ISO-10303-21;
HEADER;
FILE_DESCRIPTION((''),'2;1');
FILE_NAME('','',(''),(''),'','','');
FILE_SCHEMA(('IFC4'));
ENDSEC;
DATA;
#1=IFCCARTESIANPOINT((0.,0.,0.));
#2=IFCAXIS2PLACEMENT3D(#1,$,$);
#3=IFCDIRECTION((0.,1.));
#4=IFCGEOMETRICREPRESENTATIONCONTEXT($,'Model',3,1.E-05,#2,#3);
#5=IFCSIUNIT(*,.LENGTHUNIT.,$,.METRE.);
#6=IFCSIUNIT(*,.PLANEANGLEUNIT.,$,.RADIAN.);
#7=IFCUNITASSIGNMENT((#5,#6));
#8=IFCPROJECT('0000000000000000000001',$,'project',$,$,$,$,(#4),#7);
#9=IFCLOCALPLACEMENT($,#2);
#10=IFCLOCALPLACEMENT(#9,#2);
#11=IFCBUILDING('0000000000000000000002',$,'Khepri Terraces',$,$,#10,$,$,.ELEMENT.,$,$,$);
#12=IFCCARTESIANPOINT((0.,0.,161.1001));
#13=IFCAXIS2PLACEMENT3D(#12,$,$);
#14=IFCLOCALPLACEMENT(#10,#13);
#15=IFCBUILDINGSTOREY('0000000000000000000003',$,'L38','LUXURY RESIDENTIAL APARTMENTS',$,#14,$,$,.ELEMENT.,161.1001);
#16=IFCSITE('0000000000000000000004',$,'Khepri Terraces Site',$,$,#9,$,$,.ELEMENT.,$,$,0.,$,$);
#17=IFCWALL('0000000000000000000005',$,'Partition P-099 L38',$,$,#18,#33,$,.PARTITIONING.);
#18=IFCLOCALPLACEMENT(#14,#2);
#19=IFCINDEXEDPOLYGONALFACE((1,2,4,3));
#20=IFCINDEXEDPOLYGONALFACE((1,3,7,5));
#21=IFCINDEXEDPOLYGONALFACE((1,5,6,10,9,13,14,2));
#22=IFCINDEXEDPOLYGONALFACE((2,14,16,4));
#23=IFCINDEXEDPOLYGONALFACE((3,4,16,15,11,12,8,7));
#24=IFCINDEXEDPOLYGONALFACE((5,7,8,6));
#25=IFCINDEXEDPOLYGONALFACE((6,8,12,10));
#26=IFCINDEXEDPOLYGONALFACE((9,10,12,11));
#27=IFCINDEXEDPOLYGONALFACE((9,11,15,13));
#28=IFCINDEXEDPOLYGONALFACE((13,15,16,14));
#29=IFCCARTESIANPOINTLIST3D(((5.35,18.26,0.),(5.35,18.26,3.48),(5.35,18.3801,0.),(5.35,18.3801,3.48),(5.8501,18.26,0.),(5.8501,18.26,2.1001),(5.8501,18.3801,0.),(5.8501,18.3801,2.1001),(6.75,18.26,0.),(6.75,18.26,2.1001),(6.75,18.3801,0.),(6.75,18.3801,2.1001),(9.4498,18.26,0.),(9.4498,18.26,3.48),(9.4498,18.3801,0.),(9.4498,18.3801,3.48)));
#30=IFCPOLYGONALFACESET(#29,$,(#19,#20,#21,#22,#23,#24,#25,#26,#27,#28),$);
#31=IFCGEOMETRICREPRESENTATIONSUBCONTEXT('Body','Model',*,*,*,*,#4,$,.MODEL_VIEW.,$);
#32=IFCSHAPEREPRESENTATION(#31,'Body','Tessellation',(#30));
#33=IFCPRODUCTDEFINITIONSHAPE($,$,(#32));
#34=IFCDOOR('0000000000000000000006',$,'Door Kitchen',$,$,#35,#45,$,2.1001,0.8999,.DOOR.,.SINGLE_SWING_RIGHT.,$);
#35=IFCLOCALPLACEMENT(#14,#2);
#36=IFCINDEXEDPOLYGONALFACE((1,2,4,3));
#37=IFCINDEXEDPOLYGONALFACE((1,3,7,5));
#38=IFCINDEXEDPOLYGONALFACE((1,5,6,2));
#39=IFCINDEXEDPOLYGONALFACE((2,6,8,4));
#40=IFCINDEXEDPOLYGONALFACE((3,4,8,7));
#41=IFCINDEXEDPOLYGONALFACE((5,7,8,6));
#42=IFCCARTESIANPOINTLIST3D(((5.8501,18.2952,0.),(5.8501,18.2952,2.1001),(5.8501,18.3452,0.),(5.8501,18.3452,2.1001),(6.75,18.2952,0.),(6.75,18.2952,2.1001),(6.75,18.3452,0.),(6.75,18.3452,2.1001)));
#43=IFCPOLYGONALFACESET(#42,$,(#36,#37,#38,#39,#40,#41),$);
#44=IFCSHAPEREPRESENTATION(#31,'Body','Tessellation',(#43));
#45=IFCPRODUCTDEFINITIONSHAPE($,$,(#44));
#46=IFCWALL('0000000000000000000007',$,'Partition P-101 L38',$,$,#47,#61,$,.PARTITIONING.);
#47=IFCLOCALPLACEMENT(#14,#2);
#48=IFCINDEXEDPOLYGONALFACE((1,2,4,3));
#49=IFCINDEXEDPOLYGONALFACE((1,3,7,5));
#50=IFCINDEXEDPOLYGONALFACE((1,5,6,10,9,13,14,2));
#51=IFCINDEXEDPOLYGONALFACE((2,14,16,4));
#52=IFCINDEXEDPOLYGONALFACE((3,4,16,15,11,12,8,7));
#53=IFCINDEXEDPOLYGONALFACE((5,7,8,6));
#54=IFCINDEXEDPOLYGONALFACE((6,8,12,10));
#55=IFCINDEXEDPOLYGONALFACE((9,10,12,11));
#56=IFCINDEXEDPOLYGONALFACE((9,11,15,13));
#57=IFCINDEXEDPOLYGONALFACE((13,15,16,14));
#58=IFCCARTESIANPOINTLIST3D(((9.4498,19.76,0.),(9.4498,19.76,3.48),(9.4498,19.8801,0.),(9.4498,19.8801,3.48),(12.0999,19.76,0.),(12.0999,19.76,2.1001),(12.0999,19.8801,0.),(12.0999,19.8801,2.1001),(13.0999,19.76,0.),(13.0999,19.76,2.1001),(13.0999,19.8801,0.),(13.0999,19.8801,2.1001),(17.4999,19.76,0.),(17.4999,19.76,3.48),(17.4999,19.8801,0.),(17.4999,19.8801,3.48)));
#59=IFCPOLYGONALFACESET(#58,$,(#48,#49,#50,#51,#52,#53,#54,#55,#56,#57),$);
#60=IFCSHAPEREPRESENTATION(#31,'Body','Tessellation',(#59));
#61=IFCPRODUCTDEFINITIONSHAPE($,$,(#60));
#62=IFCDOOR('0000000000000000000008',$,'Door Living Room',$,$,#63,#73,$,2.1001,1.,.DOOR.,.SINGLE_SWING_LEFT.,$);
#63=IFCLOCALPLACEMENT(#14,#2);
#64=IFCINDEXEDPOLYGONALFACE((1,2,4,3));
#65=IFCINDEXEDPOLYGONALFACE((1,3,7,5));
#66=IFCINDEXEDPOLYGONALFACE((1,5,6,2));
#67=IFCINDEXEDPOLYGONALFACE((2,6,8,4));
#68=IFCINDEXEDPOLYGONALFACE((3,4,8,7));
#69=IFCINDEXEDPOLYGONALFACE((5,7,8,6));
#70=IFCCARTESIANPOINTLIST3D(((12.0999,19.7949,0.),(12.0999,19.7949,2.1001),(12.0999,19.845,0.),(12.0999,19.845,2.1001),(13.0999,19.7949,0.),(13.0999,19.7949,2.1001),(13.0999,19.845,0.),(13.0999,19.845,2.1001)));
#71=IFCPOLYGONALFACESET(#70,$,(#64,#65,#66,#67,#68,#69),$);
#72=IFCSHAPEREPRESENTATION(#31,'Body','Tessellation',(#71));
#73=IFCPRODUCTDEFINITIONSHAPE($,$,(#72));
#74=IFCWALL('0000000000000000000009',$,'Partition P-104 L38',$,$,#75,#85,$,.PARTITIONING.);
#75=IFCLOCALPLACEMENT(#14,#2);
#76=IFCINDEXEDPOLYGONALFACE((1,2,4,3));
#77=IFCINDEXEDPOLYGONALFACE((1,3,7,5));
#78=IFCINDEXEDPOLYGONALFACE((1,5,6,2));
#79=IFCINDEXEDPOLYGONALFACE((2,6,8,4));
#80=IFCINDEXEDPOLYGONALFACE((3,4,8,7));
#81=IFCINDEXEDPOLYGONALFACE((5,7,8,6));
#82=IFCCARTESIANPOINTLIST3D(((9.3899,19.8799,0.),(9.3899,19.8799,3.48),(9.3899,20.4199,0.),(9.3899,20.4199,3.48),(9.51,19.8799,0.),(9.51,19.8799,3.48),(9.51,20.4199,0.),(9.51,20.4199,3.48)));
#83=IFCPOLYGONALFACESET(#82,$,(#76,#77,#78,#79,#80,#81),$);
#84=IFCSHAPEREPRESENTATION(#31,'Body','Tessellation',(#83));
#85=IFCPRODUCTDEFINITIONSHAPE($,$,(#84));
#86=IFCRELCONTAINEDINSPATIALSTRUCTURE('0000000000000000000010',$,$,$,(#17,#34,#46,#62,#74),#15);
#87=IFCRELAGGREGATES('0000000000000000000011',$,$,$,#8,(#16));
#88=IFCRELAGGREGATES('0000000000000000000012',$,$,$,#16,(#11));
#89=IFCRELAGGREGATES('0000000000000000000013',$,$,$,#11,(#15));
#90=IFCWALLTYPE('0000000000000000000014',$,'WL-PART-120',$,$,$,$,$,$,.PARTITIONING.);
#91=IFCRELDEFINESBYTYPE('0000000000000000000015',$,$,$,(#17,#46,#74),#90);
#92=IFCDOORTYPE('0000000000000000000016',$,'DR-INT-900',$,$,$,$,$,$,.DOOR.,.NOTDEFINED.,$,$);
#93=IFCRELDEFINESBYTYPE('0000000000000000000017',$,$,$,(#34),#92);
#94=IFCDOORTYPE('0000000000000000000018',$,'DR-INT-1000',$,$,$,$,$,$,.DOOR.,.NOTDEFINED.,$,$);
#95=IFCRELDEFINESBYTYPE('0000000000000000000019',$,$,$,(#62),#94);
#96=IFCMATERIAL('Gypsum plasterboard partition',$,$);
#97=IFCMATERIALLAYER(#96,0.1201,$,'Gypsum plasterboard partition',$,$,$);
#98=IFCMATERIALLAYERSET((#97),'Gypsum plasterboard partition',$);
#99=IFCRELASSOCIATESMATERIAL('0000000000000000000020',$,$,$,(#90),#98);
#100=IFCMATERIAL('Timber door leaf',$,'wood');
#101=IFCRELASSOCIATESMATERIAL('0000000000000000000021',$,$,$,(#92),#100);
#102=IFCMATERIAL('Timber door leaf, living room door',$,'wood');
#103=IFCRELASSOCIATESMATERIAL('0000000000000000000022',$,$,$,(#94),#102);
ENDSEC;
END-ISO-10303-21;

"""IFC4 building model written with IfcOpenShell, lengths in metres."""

from ifc_helpers import new_model, si_unit, direction, frame, frame_2d, origin, place, context, subcontext, project, spatial, rectangle, extrude, material, layer, layer_set, type_object, element, fill, save


model = new_model("IFC4")

# Units and contexts
model_context = context("Model", 3, precision=1e-05, world=origin(), true_north=direction((0.0, 1.0)))
body_context = subcontext(model_context, "Body", "Model", "MODEL_VIEW")
ifc_project = project(units=[si_unit("LENGTHUNIT", "METRE"), si_unit("PLANEANGLEUNIT", "RADIAN")], contexts=[model_context])

# Site, building, storey
site_placement = place(None, origin())
site = spatial("IfcSite", under=ifc_project, at=site_placement, Name="Khepri Terraces Site", CompositionType="ELEMENT", RefElevation=0.0)
building_placement = place(site_placement, origin())
building = spatial("IfcBuilding", under=site, at=building_placement, Name="Khepri Terraces", CompositionType="ELEMENT")
storey_placement = place(building_placement, frame((0.0, 0.0, 161.1001)))
storey = spatial("IfcBuildingStorey", under=building, at=storey_placement, Name="L38", Description="LUXURY RESIDENTIAL APARTMENTS", CompositionType="ELEMENT", Elevation=161.1001)

# Shared definitions
ifc_material_1 = material(Name="Gypsum plasterboard partition")
ifc_layer_1 = layer(ifc_material_1, 0.1201, Name="Gypsum plasterboard partition")
ifc_layer_set_1 = layer_set([ifc_layer_1], Name="Gypsum plasterboard partition")
wall_type_1 = type_object("IfcWallType", Name="WL-PART-120", PredefinedType="PARTITIONING", material=ifc_layer_set_1)

# Shared definitions
ifc_material_2 = material(Name="Timber door leaf", Category="wood")
door_type_1 = type_object("IfcDoorType", Name="DR-INT-900", OperationType="NOTDEFINED", PredefinedType="DOOR", material=ifc_material_2)

# Walls, openings, doors
ifc_material_3 = material(Name="Timber door leaf, living room door", Category="wood")
door_type_2 = type_object("IfcDoorType", Name="DR-INT-1000", OperationType="NOTDEFINED", PredefinedType="DOOR", material=ifc_material_3)
wall_1_placement = place(storey_placement, frame((5.3501, 18.3201, 0.0), z_axis=(0.0, 0.0, 1.0), x_axis=(1.0, 0.0, 0.0)))
wall_1 = element("IfcWall", 1, at=wall_1_placement, inside=storey, type_object=wall_type_1, Name="Partition P-099 L38", PredefinedType="PARTITIONING", context=body_context, shape_type="SweptSolid", body=[
    extrude(rectangle(XDim=4.0999, YDim=0.1201, at=frame_2d((2.0498, 0.0))), origin(), (0.0, 0.0, 1.0), 3.48),
])
opening_1_placement = place(wall_1_placement, frame((0.5, 0.0, 0.0)))
opening_1 = element("IfcOpeningElement", 2, at=opening_1_placement, cuts=wall_1, PredefinedType="OPENING", context=body_context, shape_type="SweptSolid", body=[
    extrude(rectangle(XDim=0.8999, YDim=2.1001, at=frame_2d((0.45, 1.05))), frame((0.0, 0.0701, 0.0), z_axis=(0.0, -1.0, 0.0), x_axis=(1.0, 0.0, 0.0)), (0.0, 0.0, 1.0), 0.1401),
])
door_1_placement = place(opening_1_placement, frame((0.8999, 0.0, 0.0), z_axis=(0.0, 0.0, 1.0), x_axis=(-1.0, 0.0, 0.0)))
door_1 = element("IfcDoor", 3, at=door_1_placement, inside=storey, type_object=door_type_1, Name="Door Kitchen", OperationType="SINGLE_SWING_RIGHT", OverallHeight=2.1001, OverallWidth=0.8999, PredefinedType="DOOR", context=body_context, shape_type="SweptSolid", body=[
    extrude(rectangle(XDim=0.8999, YDim=2.1001, at=frame_2d((0.45, 1.05))), frame((0.0, 0.0249, 0.0), z_axis=(0.0, -1.0, 0.0), x_axis=(1.0, 0.0, 0.0)), (0.0, 0.0, 1.0), 0.05),
])
fill(opening_1, door_1)
wall_2_placement = place(storey_placement, frame((9.45, 19.8201, 0.0), z_axis=(0.0, 0.0, 1.0), x_axis=(1.0, 0.0, 0.0)))
wall_2 = element("IfcWall", 4, at=wall_2_placement, inside=storey, type_object=wall_type_1, Name="Partition P-101 L38", PredefinedType="PARTITIONING", context=body_context, shape_type="SweptSolid", body=[
    extrude(rectangle(XDim=8.05, YDim=0.1201, at=frame_2d((4.0249, 0.0))), origin(), (0.0, 0.0, 1.0), 3.48),
])
opening_2_placement = place(wall_2_placement, frame((2.6499, 0.0, 0.0)))
opening_2 = element("IfcOpeningElement", 5, at=opening_2_placement, cuts=wall_2, PredefinedType="OPENING", context=body_context, shape_type="SweptSolid", body=[
    extrude(rectangle(XDim=1.0, YDim=2.1001, at=frame_2d((0.5, 1.05))), frame((0.0, 0.0701, 0.0), z_axis=(0.0, -1.0, 0.0), x_axis=(1.0, 0.0, 0.0)), (0.0, 0.0, 1.0), 0.1401),
])
door_2_placement = place(opening_2_placement, origin())
door_2 = element("IfcDoor", 6, at=door_2_placement, inside=storey, type_object=door_type_2, Name="Door Living Room", OperationType="SINGLE_SWING_LEFT", OverallHeight=2.1001, OverallWidth=1.0, PredefinedType="DOOR", context=body_context, shape_type="SweptSolid", body=[
    extrude(rectangle(XDim=1.0, YDim=2.1001, at=frame_2d((0.5, 1.05))), frame((0.0, 0.0249, 0.0), z_axis=(0.0, -1.0, 0.0), x_axis=(1.0, 0.0, 0.0)), (0.0, 0.0, 1.0), 0.05),
])
fill(opening_2, door_2)

# Wall
wall_3_placement = place(storey_placement, frame((9.45, 19.8799, 0.0), z_axis=(0.0, 0.0, 1.0), x_axis=(0.0, 1.0, 0.0)))
element("IfcWall", 7, at=wall_3_placement, inside=storey, type_object=wall_type_1, Name="Partition P-104 L38", PredefinedType="PARTITIONING", context=body_context, shape_type="SweptSolid", body=[
    extrude(rectangle(XDim=0.54, YDim=0.1201, at=frame_2d((0.27, 0.0))), origin(), (0.0, 0.0, 1.0), 3.48),
])

save(model, "model.ifc")
